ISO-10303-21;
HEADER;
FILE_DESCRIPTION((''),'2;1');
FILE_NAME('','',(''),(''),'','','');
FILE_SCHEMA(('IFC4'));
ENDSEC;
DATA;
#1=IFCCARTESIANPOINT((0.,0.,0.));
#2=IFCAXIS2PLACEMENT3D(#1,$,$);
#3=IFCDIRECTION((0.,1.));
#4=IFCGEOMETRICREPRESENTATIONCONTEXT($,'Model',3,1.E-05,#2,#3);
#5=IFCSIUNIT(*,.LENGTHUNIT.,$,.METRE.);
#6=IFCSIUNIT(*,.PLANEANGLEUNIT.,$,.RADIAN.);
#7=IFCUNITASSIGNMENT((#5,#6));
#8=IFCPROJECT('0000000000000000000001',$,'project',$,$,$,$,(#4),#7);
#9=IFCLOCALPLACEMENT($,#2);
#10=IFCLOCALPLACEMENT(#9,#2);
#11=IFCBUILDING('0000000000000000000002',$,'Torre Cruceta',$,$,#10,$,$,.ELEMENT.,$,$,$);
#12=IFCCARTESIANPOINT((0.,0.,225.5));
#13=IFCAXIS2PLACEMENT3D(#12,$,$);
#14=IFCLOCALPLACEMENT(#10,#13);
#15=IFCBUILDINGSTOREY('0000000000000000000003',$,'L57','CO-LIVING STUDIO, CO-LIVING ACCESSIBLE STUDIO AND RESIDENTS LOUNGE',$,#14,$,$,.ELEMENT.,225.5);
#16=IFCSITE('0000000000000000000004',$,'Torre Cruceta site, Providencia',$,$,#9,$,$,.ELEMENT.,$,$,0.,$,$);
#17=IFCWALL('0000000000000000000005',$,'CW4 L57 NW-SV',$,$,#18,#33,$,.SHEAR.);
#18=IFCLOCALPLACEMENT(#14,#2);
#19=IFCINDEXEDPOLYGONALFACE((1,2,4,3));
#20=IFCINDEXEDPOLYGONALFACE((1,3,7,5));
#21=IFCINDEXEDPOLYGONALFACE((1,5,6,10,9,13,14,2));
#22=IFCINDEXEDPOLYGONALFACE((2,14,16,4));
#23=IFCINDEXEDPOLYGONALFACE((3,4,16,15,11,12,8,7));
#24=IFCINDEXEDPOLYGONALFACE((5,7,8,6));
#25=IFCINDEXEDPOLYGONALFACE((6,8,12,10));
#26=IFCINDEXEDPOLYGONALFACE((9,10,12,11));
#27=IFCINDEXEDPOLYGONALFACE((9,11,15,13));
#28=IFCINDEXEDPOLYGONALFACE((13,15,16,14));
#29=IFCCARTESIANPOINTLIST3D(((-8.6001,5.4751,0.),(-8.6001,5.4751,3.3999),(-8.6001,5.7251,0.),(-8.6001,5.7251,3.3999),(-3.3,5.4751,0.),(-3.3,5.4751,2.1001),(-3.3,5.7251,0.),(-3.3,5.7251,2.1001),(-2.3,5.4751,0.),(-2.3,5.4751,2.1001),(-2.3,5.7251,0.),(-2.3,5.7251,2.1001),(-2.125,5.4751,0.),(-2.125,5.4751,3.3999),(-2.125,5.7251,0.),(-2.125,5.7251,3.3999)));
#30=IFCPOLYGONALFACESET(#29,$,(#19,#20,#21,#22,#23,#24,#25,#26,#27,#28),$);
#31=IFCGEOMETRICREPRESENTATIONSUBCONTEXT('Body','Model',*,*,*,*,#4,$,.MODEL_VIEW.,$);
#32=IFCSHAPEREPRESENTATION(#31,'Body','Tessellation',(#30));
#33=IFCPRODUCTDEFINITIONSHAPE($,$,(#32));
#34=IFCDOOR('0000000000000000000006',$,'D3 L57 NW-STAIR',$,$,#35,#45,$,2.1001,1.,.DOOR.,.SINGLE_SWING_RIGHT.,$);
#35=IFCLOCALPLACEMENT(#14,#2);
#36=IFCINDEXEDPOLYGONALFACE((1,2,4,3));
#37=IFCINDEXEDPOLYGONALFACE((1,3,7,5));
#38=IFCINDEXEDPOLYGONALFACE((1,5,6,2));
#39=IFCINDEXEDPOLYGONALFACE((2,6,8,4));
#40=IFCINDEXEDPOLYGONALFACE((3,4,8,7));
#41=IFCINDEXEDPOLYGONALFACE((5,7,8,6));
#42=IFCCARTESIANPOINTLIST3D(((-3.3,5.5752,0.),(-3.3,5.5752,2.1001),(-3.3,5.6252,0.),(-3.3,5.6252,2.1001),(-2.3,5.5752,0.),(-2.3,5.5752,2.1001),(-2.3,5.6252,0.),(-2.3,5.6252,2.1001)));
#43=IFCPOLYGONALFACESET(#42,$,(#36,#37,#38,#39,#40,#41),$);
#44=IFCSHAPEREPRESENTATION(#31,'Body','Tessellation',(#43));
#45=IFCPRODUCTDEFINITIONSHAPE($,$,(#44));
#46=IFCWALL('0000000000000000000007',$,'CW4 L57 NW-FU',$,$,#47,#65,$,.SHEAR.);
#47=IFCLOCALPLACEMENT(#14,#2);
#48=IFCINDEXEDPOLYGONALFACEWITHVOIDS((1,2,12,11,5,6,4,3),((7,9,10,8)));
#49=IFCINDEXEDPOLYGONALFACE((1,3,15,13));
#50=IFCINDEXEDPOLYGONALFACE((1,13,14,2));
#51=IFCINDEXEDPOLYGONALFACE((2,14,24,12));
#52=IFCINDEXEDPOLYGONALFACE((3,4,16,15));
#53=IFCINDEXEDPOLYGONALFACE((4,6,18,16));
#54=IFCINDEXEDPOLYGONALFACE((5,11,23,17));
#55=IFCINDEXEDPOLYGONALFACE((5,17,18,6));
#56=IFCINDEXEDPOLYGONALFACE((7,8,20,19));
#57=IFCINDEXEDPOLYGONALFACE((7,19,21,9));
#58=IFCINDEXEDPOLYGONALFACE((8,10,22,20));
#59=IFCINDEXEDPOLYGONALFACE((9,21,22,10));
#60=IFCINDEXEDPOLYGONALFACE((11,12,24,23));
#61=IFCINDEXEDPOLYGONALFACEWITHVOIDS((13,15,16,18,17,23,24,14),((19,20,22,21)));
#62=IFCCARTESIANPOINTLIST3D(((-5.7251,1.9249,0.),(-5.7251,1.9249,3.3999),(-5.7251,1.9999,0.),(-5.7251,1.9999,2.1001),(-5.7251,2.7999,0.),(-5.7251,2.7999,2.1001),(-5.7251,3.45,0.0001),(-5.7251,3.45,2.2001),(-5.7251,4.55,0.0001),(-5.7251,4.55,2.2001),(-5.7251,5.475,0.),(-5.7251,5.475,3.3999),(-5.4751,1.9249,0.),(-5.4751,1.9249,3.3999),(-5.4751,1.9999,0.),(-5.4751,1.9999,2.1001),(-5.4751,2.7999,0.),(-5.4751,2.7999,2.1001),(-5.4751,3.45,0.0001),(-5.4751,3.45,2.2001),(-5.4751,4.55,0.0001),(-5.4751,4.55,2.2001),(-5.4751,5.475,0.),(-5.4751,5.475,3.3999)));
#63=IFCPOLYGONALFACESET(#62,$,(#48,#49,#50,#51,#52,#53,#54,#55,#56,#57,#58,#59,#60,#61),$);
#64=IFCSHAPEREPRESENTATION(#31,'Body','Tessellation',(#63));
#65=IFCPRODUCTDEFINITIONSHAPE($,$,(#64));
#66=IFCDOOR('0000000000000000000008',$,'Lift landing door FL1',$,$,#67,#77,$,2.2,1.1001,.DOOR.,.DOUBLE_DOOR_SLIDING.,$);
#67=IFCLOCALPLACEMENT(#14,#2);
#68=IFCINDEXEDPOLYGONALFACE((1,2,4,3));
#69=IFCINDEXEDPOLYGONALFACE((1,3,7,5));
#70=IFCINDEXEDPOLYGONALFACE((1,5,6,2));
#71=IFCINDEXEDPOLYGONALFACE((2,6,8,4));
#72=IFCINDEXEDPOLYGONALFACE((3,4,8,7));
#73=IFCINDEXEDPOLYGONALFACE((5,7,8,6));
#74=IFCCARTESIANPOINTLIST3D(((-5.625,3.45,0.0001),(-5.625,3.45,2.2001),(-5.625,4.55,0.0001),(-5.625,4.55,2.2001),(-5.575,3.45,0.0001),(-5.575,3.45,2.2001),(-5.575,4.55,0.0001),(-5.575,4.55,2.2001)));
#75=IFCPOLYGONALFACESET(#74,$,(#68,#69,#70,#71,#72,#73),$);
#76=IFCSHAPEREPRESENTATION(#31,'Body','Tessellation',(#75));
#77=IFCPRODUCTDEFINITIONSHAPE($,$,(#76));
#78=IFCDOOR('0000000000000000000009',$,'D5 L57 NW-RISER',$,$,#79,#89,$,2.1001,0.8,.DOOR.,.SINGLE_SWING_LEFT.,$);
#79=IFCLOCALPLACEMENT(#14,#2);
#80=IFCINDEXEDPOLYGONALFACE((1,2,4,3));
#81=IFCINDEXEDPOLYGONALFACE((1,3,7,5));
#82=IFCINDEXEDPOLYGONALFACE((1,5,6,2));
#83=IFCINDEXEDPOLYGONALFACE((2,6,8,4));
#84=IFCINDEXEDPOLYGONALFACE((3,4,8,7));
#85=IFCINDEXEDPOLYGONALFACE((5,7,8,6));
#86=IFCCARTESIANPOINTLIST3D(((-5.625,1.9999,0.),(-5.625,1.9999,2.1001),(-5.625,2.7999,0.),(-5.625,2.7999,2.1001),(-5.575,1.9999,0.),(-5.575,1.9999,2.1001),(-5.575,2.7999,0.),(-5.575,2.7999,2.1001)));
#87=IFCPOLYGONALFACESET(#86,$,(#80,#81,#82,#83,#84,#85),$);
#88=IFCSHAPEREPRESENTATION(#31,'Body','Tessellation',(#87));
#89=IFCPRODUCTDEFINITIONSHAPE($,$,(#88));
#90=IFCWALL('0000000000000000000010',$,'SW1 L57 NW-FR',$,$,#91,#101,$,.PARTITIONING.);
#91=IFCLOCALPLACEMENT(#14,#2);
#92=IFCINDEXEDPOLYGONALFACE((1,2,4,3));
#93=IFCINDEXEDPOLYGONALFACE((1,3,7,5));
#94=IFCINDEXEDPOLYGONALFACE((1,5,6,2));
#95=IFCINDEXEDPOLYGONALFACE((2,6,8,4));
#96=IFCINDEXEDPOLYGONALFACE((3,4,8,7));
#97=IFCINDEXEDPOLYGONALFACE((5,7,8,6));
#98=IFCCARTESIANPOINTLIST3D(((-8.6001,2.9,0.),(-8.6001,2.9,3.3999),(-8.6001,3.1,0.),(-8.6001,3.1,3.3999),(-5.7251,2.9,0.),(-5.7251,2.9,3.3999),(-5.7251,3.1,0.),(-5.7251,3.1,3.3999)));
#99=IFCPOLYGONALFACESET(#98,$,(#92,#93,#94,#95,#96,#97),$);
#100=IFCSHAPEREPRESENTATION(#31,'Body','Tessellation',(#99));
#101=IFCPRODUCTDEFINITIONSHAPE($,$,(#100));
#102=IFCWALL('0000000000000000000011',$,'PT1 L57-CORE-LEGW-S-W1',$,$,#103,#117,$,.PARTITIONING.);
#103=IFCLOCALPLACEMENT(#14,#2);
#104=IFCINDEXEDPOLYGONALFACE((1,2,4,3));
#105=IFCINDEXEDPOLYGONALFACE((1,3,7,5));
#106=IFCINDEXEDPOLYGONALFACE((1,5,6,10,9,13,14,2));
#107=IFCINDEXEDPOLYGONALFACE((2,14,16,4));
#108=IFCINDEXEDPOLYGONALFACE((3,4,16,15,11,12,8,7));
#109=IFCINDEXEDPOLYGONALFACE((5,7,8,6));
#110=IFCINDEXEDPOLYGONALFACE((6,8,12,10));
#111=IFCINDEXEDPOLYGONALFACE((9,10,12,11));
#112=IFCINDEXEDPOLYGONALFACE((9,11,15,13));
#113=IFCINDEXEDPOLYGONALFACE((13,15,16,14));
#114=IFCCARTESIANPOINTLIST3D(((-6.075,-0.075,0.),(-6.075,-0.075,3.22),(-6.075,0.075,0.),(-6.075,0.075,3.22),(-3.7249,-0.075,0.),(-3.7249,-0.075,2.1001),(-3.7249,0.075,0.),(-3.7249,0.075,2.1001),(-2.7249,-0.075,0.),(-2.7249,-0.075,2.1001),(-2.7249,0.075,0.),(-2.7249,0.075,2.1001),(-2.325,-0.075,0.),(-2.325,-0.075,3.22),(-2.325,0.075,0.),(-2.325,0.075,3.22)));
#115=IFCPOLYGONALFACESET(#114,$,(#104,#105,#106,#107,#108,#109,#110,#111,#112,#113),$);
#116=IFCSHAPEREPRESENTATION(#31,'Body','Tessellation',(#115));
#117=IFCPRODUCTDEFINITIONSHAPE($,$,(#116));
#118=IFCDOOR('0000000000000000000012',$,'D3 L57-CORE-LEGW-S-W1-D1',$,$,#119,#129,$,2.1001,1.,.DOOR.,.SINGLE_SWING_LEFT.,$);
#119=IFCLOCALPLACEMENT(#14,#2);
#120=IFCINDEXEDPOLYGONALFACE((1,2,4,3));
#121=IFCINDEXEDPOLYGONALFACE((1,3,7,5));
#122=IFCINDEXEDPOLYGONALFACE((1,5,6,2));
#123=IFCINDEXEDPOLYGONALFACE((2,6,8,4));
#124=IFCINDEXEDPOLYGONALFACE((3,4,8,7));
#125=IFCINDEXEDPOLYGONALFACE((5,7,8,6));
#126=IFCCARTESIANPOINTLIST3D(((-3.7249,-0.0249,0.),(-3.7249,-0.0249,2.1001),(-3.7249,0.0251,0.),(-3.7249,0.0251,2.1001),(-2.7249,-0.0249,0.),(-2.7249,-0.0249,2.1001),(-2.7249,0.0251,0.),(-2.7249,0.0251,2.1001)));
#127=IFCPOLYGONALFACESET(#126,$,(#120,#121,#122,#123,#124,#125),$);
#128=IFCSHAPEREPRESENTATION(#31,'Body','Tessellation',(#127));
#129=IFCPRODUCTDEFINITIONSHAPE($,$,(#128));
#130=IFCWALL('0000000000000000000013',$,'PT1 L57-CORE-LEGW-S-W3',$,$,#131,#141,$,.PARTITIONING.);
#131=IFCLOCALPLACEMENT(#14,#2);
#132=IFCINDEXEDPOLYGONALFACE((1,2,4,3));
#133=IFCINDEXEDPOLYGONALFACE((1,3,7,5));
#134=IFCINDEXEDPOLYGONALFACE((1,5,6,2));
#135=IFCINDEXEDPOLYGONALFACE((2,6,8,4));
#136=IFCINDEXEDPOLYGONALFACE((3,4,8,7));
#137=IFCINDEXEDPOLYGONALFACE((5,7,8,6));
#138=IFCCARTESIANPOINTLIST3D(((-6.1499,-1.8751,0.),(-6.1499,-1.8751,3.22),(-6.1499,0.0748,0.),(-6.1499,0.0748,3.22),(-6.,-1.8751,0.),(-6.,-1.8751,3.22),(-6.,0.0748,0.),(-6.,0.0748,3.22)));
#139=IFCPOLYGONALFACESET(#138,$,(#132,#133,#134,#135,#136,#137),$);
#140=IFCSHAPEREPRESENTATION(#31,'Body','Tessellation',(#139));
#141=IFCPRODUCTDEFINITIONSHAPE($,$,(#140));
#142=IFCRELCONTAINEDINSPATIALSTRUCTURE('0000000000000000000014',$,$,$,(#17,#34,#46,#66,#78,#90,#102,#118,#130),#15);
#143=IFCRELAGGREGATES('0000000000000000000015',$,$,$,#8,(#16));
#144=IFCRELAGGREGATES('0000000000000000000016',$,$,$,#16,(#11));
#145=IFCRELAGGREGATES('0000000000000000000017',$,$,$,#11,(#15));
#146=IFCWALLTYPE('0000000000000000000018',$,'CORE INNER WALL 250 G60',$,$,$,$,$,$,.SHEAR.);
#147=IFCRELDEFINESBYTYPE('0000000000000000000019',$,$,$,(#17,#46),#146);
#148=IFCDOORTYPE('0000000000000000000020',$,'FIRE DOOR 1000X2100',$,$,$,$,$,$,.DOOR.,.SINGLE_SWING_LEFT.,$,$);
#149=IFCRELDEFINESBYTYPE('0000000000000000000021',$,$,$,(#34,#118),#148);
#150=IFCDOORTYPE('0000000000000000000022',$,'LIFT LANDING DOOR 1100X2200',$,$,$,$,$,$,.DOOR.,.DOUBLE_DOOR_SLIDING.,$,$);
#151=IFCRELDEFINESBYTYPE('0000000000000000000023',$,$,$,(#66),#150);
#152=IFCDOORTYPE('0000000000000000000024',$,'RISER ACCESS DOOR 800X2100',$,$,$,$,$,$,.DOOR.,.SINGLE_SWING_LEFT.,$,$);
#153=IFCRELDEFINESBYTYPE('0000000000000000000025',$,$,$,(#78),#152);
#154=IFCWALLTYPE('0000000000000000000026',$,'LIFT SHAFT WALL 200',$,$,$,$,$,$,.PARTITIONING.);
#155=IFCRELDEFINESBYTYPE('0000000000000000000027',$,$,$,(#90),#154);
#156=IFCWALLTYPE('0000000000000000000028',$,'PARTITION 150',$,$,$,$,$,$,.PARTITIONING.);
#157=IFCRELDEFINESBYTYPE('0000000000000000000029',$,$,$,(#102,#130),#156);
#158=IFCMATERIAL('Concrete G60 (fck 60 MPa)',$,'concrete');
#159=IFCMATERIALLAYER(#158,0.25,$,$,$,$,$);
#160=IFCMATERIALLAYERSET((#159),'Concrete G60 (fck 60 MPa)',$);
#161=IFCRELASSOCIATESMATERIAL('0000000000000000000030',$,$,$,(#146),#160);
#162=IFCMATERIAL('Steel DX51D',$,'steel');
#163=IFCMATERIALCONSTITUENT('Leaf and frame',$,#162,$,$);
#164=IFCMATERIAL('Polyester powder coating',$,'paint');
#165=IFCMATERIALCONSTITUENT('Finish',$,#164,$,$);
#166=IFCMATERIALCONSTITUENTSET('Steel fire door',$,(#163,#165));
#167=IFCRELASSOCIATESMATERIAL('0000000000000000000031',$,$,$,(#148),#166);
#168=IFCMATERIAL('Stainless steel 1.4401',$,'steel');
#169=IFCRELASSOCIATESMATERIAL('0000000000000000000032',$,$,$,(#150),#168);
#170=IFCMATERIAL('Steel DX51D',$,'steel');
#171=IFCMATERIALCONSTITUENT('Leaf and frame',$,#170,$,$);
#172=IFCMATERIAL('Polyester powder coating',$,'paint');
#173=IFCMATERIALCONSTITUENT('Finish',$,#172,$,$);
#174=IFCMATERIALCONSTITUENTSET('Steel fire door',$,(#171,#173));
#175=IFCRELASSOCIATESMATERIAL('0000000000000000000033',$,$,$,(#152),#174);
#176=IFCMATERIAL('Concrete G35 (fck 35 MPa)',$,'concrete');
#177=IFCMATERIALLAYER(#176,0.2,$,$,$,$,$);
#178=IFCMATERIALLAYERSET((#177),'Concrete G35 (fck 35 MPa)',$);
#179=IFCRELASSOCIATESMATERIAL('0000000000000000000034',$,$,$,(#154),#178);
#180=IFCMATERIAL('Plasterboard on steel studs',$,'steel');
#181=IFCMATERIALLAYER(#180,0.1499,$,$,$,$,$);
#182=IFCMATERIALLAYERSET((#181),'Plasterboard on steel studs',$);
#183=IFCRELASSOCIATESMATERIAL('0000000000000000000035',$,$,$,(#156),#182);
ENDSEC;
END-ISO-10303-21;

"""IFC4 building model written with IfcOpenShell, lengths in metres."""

from ifc_helpers import new_model, si_unit, direction, frame, frame_2d, origin, place, context, subcontext, project, spatial, rectangle, extrude, material, layer, layer_set, constituent, constituent_set, type_object, element, fill, save


model = new_model("IFC4")

# Units and contexts
model_context = context("Model", 3, precision=1e-05, world=origin(), true_north=direction((0.0, 1.0)))
body_context = subcontext(model_context, "Body", "Model", "MODEL_VIEW")
ifc_project = project(units=[si_unit("LENGTHUNIT", "METRE"), si_unit("PLANEANGLEUNIT", "RADIAN")], contexts=[model_context])

# Site, building, storey
site_placement = place(None, origin())
site = spatial("IfcSite", under=ifc_project, at=site_placement, Name="Torre Cruceta site, Providencia", CompositionType="ELEMENT", RefElevation=0.0)
building_placement = place(site_placement, origin())
building = spatial("IfcBuilding", under=site, at=building_placement, Name="Torre Cruceta", CompositionType="ELEMENT")
storey_placement = place(building_placement, frame((0.0, 0.0, 225.5)))
storey = spatial("IfcBuildingStorey", under=building, at=storey_placement, Name="L57", Description="CO-LIVING STUDIO, CO-LIVING ACCESSIBLE STUDIO AND RESIDENTS LOUNGE", CompositionType="ELEMENT", Elevation=225.5)

# Shared definitions
ifc_material_1 = material(Name="Concrete G60 (fck 60 MPa)", Category="concrete")
ifc_layer_1 = layer(ifc_material_1, 0.25)
ifc_layer_set_1 = layer_set([ifc_layer_1], Name="Concrete G60 (fck 60 MPa)")
wall_type_1 = type_object("IfcWallType", Name="CORE INNER WALL 250 G60", PredefinedType="SHEAR", material=ifc_layer_set_1)
ifc_material_2 = material(Name="Steel DX51D", Category="steel")
ifc_constituent_1 = constituent(ifc_material_2, Name="Leaf and frame")
ifc_material_3 = material(Name="Polyester powder coating", Category="paint")
ifc_constituent_2 = constituent(ifc_material_3, Name="Finish")
ifc_constituent_set_1 = constituent_set(constituents=[ifc_constituent_1, ifc_constituent_2], Name="Steel fire door")
door_type_1 = type_object("IfcDoorType", Name="FIRE DOOR 1000X2100", OperationType="SINGLE_SWING_LEFT", PredefinedType="DOOR", material=ifc_constituent_set_1)

# Wall, opening, door
wall_1_placement = place(storey_placement, frame((-2.125, 5.6001, 0.0), z_axis=(0.0, 0.0, 1.0), x_axis=(-1.0, 0.0, 0.0)))
wall_1 = element("IfcWall", 1, at=wall_1_placement, inside=storey, type_object=wall_type_1, Name="CW4 L57 NW-SV", PredefinedType="SHEAR", context=body_context, shape_type="SweptSolid", body=[
    extrude(rectangle(XDim=6.4751, YDim=0.25, at=frame_2d((3.2375, 0.0))), origin(), (0.0, 0.0, 1.0), 3.3999),
])
opening_1_placement = place(wall_1_placement, frame((0.175, 0.0, 0.0)))
opening_1 = element("IfcOpeningElement", 2, at=opening_1_placement, cuts=wall_1, PredefinedType="OPENING", context=body_context, shape_type="SweptSolid", body=[
    extrude(rectangle(XDim=1.0, YDim=2.1001, at=frame_2d((0.5, 1.05))), frame((0.0, 0.135, 0.0), z_axis=(0.0, -1.0, 0.0), x_axis=(1.0, 0.0, 0.0)), (0.0, 0.0, 1.0), 0.27),
])
door_1_placement = place(opening_1_placement, frame((1.0, 0.0, 0.0), z_axis=(0.0, 0.0, 1.0), x_axis=(-1.0, 0.0, 0.0)))
door_1 = element("IfcDoor", 3, at=door_1_placement, inside=storey, type_object=door_type_1, Name="D3 L57 NW-STAIR", OperationType="SINGLE_SWING_RIGHT", OverallHeight=2.1001, OverallWidth=1.0, PredefinedType="DOOR", context=body_context, shape_type="SweptSolid", body=[
    extrude(rectangle(XDim=1.0, YDim=2.1001, at=frame_2d((0.5, 1.05))), frame((0.0, 0.0251, 0.0), z_axis=(0.0, -1.0, 0.0), x_axis=(1.0, 0.0, 0.0)), (0.0, 0.0, 1.0), 0.05),
])
fill(opening_1, door_1)

# Wall, openings, doors
wall_2_placement = place(storey_placement, frame((-5.6001, 1.925, 0.0), z_axis=(0.0, 0.0, 1.0), x_axis=(0.0, 1.0, 0.0)))
wall_2 = element("IfcWall", 4, at=wall_2_placement, inside=storey, type_object=wall_type_1, Name="CW4 L57 NW-FU", PredefinedType="SHEAR", context=body_context, shape_type="SweptSolid", body=[
    extrude(rectangle(XDim=3.55, YDim=0.25, at=frame_2d((1.7749, 0.0))), origin(), (0.0, 0.0, 1.0), 3.3999),
])
opening_2_placement = place(wall_2_placement, frame((1.5249, 0.0, 0.0)))
opening_2 = element("IfcOpeningElement", 5, at=opening_2_placement, cuts=wall_2, PredefinedType="OPENING", context=body_context, shape_type="SweptSolid", body=[
    extrude(rectangle(XDim=1.1001, YDim=2.2, at=frame_2d((0.55, 1.1001))), frame((0.0, 0.135, 0.0), z_axis=(0.0, -1.0, 0.0), x_axis=(1.0, 0.0, 0.0)), (0.0, 0.0, 1.0), 0.27),
])
opening_3_placement = place(wall_2_placement, frame((0.075, 0.0, 0.0)))
opening_3 = element("IfcOpeningElement", 6, at=opening_3_placement, cuts=wall_2, PredefinedType="OPENING", context=body_context, shape_type="SweptSolid", body=[
    extrude(rectangle(XDim=0.8, YDim=2.1001, at=frame_2d((0.3999, 1.05))), frame((0.0, 0.135, 0.0), z_axis=(0.0, -1.0, 0.0), x_axis=(1.0, 0.0, 0.0)), (0.0, 0.0, 1.0), 0.27),
])
ifc_material_4 = material(Name="Stainless steel 1.4401", Category="steel")
door_type_2 = type_object("IfcDoorType", Name="LIFT LANDING DOOR 1100X2200", OperationType="DOUBLE_DOOR_SLIDING", PredefinedType="DOOR", material=ifc_material_4)
door_2_placement = place(opening_2_placement, origin())
door_2 = element("IfcDoor", 7, at=door_2_placement, inside=storey, type_object=door_type_2, Name="Lift landing door FL1", OperationType="DOUBLE_DOOR_SLIDING", OverallHeight=2.2, OverallWidth=1.1001, PredefinedType="DOOR", context=body_context, shape_type="SweptSolid", body=[
    extrude(rectangle(XDim=1.1001, YDim=2.2, at=frame_2d((0.55, 1.1001))), frame((0.0, 0.0249, 0.0), z_axis=(0.0, -1.0, 0.0), x_axis=(1.0, 0.0, 0.0)), (0.0, 0.0, 1.0), 0.05),
])
fill(opening_2, door_2)
ifc_material_5 = material(Name="Steel DX51D", Category="steel")
ifc_constituent_3 = constituent(ifc_material_5, Name="Leaf and frame")
ifc_material_6 = material(Name="Polyester powder coating", Category="paint")
ifc_constituent_4 = constituent(ifc_material_6, Name="Finish")
ifc_constituent_set_2 = constituent_set(constituents=[ifc_constituent_3, ifc_constituent_4], Name="Steel fire door")
door_type_3 = type_object("IfcDoorType", Name="RISER ACCESS DOOR 800X2100", OperationType="SINGLE_SWING_LEFT", PredefinedType="DOOR", material=ifc_constituent_set_2)
door_3_placement = place(opening_3_placement, origin())
door_3 = element("IfcDoor", 8, at=door_3_placement, inside=storey, type_object=door_type_3, Name="D5 L57 NW-RISER", OperationType="SINGLE_SWING_LEFT", OverallHeight=2.1001, OverallWidth=0.8, PredefinedType="DOOR", context=body_context, shape_type="SweptSolid", body=[
    extrude(rectangle(XDim=0.8, YDim=2.1001, at=frame_2d((0.3999, 1.05))), frame((0.0, 0.0249, 0.0), z_axis=(0.0, -1.0, 0.0), x_axis=(1.0, 0.0, 0.0)), (0.0, 0.0, 1.0), 0.05),
])
fill(opening_3, door_3)

# Wall
ifc_material_7 = material(Name="Concrete G35 (fck 35 MPa)", Category="concrete")
ifc_layer_2 = layer(ifc_material_7, 0.2)
ifc_layer_set_2 = layer_set([ifc_layer_2], Name="Concrete G35 (fck 35 MPa)")
wall_type_2 = type_object("IfcWallType", Name="LIFT SHAFT WALL 200", PredefinedType="PARTITIONING", material=ifc_layer_set_2)
wall_3_placement = place(storey_placement, frame((-5.7251, 3.0, 0.0), z_axis=(0.0, 0.0, 1.0), x_axis=(-1.0, 0.0, 0.0)))
element("IfcWall", 9, at=wall_3_placement, inside=storey, type_object=wall_type_2, Name="SW1 L57 NW-FR", PredefinedType="PARTITIONING", context=body_context, shape_type="SweptSolid", body=[
    extrude(rectangle(XDim=2.875, YDim=0.2, at=frame_2d((1.4375, 0.0))), origin(), (0.0, 0.0, 1.0), 3.3999),
])

# Wall, opening, door
ifc_material_8 = material(Name="Plasterboard on steel studs", Category="steel")
ifc_layer_3 = layer(ifc_material_8, 0.1499)
ifc_layer_set_3 = layer_set([ifc_layer_3], Name="Plasterboard on steel studs")
wall_type_3 = type_object("IfcWallType", Name="PARTITION 150", PredefinedType="PARTITIONING", material=ifc_layer_set_3)
wall_4_placement = place(storey_placement, frame((-2.325, 0.0, 0.0), z_axis=(0.0, 0.0, 1.0), x_axis=(-1.0, 0.0, 0.0)))
wall_4 = element("IfcWall", 10, at=wall_4_placement, inside=storey, type_object=wall_type_3, Name="PT1 L57-CORE-LEGW-S-W1", PredefinedType="PARTITIONING", context=body_context, shape_type="SweptSolid", body=[
    extrude(rectangle(XDim=3.75, YDim=0.1499, at=frame_2d((1.875, 0.0))), origin(), (0.0, 0.0, 1.0), 3.22),
])
opening_4_placement = place(wall_4_placement, frame((0.3999, 0.0, 0.0)))
opening_4 = element("IfcOpeningElement", 11, at=opening_4_placement, cuts=wall_4, PredefinedType="OPENING", context=body_context, shape_type="SweptSolid", body=[
    extrude(rectangle(XDim=1.0, YDim=2.1001, at=frame_2d((0.5, 1.05))), frame((0.0, 0.085, 0.0), z_axis=(0.0, -1.0, 0.0), x_axis=(1.0, 0.0, 0.0)), (0.0, 0.0, 1.0), 0.1699),
])
door_4_placement = place(opening_4_placement, origin())
door_4 = element("IfcDoor", 12, at=door_4_placement, inside=storey, type_object=door_type_1, Name="D3 L57-CORE-LEGW-S-W1-D1", OperationType="SINGLE_SWING_LEFT", OverallHeight=2.1001, OverallWidth=1.0, PredefinedType="DOOR", context=body_context, shape_type="SweptSolid", body=[
    extrude(rectangle(XDim=1.0, YDim=2.1001, at=frame_2d((0.5, 1.05))), frame((0.0, 0.0249, 0.0), z_axis=(0.0, -1.0, 0.0), x_axis=(1.0, 0.0, 0.0)), (0.0, 0.0, 1.0), 0.05),
])
fill(opening_4, door_4)

# Wall
wall_5_placement = place(storey_placement, frame((-6.075, 0.075, 0.0), z_axis=(0.0, 0.0, 1.0), x_axis=(0.0, -1.0, 0.0)))
element("IfcWall", 13, at=wall_5_placement, inside=storey, type_object=wall_type_3, Name="PT1 L57-CORE-LEGW-S-W3", PredefinedType="PARTITIONING", context=body_context, shape_type="SweptSolid", body=[
    extrude(rectangle(XDim=1.95, YDim=0.1499, at=frame_2d((0.9751, 0.0))), origin(), (0.0, 0.0, 1.0), 3.22),
])

save(model, "model.ifc")
